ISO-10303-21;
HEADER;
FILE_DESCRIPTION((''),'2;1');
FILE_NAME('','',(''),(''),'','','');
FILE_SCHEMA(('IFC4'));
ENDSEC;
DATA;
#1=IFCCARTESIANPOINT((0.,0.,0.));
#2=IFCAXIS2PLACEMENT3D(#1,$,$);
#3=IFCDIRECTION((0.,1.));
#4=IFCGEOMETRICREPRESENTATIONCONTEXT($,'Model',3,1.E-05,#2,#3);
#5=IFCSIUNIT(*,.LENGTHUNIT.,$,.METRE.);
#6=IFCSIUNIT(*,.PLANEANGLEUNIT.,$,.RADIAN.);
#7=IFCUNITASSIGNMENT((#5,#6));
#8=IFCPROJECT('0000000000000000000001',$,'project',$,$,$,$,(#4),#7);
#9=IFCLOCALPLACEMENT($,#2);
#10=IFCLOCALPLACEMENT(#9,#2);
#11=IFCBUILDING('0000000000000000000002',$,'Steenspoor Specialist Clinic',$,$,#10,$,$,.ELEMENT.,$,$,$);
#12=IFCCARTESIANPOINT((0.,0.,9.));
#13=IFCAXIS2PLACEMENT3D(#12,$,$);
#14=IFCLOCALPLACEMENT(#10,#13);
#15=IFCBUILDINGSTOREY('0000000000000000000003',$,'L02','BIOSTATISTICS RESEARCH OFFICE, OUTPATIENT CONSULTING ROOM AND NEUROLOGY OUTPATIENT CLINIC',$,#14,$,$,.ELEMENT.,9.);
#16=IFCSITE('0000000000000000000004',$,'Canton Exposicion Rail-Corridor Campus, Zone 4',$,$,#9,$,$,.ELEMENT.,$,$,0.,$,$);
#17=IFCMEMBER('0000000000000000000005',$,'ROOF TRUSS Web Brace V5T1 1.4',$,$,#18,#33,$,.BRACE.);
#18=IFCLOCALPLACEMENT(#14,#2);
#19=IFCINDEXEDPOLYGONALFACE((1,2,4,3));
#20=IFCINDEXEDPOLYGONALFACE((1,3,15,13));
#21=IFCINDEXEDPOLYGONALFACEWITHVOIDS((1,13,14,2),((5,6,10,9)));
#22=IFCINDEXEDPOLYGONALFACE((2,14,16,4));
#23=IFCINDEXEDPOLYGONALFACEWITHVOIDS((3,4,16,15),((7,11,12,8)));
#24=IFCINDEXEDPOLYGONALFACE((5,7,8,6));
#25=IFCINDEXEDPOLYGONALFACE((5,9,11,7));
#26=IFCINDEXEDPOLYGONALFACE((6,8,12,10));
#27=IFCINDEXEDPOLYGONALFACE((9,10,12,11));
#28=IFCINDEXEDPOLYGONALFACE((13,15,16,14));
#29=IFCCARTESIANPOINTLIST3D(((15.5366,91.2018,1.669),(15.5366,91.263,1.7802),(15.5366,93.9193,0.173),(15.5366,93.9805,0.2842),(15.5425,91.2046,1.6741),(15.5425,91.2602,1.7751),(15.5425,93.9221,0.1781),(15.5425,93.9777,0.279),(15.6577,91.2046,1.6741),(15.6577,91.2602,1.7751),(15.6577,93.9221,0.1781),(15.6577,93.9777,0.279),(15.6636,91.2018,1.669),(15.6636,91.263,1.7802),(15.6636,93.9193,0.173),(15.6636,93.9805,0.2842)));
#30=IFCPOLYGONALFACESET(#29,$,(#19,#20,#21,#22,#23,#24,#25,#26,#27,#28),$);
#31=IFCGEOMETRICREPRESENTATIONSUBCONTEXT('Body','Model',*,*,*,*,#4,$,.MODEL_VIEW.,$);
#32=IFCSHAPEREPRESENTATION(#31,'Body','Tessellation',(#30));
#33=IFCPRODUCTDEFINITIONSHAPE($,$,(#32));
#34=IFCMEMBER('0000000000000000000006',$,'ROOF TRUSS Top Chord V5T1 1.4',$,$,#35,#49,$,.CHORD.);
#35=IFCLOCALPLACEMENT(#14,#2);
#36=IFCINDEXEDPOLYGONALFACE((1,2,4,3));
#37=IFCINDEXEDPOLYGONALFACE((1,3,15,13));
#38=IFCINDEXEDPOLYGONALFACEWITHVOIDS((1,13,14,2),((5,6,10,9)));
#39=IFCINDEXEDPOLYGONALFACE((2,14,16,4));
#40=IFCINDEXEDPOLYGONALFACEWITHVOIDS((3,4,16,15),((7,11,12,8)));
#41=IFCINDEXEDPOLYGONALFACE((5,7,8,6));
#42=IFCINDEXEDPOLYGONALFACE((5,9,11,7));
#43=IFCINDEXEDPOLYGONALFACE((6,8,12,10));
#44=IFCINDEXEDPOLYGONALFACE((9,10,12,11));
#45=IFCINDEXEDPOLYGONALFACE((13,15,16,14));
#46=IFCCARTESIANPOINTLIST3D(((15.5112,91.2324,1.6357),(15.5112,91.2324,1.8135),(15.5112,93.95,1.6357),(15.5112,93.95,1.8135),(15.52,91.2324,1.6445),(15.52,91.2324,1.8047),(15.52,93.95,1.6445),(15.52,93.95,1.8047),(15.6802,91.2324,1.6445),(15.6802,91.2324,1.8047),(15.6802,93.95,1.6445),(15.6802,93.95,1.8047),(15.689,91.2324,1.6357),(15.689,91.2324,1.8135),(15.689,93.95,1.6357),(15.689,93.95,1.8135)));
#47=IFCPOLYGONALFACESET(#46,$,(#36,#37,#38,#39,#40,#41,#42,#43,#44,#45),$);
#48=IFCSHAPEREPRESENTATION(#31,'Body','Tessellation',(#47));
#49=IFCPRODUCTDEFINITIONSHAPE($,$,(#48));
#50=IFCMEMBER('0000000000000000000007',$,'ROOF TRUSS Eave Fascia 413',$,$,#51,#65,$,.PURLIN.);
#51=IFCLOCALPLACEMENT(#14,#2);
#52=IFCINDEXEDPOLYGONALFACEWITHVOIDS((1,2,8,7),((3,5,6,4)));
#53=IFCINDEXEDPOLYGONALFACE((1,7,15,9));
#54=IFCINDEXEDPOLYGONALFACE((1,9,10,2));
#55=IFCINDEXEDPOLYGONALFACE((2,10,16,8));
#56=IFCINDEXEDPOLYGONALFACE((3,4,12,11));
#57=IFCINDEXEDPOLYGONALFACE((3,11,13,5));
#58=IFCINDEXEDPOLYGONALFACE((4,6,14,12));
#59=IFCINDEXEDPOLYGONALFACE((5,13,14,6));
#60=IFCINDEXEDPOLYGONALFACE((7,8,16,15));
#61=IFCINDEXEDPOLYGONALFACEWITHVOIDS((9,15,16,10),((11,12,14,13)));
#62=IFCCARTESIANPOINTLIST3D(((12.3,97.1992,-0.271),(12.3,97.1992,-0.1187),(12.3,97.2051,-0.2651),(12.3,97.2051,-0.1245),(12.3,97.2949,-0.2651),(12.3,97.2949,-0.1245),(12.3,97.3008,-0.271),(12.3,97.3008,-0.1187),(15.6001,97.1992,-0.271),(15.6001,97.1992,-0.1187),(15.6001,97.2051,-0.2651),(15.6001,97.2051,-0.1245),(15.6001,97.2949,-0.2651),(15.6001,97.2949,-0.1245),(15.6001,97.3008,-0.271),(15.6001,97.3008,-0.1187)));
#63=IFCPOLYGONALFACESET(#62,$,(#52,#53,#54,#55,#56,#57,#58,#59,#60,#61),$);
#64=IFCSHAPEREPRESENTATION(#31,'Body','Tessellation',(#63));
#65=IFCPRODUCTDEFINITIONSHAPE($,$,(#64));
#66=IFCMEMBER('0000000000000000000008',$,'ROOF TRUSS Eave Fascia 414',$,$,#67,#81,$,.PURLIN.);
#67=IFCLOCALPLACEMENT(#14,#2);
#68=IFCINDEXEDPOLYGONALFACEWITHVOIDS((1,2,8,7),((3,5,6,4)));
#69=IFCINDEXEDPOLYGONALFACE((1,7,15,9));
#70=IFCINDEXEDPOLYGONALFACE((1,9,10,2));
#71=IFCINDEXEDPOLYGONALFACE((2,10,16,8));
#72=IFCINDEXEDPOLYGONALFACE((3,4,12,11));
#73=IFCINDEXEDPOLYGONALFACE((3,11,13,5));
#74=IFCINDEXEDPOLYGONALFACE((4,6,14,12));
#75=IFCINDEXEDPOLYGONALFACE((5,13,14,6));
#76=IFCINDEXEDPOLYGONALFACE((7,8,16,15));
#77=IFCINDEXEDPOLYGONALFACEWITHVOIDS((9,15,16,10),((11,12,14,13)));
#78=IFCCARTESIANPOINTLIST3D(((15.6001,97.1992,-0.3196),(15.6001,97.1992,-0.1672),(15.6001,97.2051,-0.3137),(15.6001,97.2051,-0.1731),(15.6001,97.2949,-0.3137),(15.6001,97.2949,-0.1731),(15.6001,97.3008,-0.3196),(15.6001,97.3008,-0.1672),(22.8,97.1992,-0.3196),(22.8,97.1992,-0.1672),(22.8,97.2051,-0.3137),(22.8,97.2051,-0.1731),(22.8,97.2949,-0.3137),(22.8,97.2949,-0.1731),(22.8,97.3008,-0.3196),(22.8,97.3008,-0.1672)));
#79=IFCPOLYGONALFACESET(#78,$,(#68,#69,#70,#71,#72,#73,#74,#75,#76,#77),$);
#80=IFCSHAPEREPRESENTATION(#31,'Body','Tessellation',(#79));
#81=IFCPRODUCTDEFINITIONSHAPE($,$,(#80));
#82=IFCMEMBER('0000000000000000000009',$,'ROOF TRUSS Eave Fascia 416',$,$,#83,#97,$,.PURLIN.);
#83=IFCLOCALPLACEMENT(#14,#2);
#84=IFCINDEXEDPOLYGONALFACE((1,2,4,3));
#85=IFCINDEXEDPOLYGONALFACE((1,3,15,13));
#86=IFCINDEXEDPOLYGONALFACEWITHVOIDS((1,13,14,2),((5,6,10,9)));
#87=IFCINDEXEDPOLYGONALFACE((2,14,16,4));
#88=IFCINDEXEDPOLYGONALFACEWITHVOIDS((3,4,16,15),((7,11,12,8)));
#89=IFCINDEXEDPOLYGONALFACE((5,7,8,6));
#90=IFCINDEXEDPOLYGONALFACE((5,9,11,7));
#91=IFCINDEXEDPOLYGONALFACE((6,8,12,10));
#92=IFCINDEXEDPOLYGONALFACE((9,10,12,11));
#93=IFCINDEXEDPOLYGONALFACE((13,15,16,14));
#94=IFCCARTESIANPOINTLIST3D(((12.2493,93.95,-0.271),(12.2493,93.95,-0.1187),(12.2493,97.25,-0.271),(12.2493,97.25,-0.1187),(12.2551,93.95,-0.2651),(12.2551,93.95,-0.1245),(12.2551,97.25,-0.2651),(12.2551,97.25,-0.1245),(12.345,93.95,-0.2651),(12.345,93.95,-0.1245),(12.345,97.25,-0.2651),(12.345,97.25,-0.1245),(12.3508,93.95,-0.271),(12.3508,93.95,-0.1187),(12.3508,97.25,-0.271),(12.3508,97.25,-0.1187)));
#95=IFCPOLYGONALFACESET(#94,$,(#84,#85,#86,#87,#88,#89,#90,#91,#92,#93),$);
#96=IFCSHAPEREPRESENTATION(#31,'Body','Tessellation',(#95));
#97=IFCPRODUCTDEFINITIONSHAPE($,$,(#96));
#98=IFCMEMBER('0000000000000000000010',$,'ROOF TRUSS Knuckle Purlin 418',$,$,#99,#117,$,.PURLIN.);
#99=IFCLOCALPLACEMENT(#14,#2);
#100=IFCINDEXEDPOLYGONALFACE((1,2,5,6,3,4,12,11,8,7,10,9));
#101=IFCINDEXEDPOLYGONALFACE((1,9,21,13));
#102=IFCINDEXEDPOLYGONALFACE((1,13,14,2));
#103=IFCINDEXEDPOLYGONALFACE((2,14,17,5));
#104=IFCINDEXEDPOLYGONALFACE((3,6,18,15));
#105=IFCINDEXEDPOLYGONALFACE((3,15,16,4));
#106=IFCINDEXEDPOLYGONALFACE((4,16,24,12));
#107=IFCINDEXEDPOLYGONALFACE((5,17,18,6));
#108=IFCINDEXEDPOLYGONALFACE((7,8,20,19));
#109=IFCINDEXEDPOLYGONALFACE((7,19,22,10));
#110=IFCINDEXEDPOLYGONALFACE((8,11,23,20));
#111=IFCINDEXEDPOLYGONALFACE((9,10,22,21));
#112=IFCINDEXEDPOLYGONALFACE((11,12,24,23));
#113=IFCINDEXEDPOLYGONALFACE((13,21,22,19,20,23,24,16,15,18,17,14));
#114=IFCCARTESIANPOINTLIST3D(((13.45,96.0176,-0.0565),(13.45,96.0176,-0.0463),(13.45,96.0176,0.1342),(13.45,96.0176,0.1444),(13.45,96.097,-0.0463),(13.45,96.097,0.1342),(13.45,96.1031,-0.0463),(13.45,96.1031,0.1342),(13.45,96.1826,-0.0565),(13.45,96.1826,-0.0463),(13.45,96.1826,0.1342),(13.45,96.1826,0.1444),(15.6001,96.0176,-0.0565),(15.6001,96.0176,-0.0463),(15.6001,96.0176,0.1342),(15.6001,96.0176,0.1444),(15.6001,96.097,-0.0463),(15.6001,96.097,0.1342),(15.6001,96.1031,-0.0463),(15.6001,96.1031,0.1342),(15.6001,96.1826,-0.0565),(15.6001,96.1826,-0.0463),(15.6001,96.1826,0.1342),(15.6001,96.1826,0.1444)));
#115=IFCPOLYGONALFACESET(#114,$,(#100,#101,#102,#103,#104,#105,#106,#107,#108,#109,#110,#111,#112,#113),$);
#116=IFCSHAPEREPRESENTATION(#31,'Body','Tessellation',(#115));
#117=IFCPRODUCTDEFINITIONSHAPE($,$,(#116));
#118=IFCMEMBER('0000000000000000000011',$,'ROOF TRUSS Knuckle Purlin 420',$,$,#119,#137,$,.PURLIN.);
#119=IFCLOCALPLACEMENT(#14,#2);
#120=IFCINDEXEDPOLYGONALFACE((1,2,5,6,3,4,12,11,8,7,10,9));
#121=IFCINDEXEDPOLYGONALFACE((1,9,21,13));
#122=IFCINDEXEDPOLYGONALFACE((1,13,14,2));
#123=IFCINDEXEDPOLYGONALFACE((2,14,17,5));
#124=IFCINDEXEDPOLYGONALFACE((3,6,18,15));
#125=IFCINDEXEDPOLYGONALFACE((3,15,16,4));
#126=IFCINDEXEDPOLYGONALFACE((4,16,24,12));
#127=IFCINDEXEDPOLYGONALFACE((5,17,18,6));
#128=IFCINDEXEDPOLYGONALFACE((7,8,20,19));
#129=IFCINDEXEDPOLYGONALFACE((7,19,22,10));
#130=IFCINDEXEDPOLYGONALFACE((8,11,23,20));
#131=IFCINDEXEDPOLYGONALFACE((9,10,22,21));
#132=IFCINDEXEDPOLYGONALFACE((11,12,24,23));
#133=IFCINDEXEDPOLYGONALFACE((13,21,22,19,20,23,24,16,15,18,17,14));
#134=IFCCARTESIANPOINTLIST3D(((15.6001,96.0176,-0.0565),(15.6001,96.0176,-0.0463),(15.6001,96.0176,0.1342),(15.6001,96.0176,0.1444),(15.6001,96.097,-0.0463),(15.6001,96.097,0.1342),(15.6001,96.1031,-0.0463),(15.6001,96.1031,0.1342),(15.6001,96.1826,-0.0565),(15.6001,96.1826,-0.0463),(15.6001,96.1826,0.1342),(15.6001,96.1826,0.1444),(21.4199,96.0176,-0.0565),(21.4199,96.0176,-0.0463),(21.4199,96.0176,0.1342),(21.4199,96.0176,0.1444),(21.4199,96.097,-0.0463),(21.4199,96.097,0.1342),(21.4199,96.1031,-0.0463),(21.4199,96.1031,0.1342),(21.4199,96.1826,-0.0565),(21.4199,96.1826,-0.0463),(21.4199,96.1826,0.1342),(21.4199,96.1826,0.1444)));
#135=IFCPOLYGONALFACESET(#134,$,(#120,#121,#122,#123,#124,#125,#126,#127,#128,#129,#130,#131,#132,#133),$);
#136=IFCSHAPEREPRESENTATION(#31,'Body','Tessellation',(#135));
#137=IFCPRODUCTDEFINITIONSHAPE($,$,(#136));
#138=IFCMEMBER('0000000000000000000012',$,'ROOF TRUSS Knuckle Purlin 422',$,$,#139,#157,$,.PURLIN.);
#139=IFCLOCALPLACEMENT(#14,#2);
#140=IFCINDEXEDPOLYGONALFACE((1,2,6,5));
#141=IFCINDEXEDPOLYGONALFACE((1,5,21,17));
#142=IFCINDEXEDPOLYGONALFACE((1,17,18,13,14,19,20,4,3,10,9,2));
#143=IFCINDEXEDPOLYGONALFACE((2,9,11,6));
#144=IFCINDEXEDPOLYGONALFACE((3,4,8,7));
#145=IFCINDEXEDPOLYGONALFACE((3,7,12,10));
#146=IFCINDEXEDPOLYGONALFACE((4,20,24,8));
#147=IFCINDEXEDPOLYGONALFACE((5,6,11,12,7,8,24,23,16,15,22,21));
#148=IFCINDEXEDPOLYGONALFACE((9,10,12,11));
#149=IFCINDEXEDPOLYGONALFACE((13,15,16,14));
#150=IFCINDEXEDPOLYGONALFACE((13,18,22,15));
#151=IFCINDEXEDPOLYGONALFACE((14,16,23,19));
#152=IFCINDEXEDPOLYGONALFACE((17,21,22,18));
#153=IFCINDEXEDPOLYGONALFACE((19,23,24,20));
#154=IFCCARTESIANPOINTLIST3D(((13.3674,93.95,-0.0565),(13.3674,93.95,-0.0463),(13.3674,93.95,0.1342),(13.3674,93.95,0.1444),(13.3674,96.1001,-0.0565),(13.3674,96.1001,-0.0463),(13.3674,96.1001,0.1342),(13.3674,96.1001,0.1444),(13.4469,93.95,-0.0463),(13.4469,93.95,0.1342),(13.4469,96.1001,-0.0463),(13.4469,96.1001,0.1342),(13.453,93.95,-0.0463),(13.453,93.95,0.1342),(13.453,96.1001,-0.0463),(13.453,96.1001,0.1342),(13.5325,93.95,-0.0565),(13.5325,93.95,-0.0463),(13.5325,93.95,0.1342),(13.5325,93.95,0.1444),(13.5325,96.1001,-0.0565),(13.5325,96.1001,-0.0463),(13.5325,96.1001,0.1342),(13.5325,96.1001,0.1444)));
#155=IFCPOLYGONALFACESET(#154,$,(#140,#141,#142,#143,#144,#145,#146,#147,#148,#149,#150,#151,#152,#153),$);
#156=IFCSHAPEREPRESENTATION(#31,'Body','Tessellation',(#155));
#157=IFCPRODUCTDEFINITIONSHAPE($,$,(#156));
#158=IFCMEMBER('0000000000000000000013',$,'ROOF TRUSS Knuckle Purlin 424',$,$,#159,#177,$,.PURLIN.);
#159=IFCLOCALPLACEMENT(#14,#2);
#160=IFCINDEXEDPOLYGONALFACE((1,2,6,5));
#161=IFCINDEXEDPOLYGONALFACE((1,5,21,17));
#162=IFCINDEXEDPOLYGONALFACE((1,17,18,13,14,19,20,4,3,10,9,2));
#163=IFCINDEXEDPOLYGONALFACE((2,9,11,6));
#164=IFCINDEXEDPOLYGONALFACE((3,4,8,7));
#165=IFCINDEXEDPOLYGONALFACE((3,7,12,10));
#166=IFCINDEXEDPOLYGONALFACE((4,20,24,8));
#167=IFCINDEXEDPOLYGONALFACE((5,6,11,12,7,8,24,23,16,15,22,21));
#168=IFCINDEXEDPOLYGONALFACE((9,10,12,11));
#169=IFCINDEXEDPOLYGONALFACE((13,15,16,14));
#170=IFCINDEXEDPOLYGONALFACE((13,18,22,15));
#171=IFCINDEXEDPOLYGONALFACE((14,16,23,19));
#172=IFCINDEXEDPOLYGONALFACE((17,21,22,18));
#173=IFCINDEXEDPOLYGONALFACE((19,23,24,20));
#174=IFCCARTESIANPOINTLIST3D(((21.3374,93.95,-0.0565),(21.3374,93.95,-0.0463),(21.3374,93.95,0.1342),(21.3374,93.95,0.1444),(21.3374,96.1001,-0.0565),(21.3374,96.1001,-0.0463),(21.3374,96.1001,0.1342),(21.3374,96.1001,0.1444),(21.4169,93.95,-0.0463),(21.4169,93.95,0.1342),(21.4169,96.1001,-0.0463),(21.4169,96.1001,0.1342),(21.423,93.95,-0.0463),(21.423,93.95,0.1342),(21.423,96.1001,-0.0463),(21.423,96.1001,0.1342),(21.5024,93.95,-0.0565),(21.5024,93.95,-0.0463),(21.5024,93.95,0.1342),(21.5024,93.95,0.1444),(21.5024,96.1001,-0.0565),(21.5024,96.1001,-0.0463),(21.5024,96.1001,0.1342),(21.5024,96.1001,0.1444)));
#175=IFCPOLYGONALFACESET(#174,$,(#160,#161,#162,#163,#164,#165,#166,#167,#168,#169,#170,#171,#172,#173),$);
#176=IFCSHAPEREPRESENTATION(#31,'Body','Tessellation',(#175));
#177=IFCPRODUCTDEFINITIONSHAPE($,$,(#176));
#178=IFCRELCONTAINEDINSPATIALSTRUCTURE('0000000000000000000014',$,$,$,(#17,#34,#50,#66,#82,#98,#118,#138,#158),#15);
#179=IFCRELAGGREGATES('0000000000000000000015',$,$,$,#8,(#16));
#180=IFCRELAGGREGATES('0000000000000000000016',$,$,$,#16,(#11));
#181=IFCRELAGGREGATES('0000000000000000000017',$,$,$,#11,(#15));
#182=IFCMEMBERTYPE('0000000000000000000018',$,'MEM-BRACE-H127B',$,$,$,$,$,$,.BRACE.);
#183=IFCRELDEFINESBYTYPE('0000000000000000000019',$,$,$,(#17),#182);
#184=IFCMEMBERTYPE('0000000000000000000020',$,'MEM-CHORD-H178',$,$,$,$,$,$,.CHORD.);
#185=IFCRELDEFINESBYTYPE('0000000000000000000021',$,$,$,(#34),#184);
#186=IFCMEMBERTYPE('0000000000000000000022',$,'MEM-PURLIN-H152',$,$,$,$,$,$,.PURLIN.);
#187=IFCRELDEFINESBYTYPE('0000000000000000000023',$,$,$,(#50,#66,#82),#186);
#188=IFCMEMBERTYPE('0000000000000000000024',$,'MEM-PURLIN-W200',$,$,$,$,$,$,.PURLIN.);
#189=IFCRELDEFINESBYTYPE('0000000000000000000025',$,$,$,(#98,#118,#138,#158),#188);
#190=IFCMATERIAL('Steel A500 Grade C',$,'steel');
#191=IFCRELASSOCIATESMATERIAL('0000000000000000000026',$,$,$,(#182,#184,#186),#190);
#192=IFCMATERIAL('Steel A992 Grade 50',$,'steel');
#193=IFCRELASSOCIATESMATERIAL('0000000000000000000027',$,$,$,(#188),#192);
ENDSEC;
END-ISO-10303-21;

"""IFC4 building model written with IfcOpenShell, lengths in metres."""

from ifc_helpers import new_model, si_unit, direction, frame, origin, origin_2d, place, context, subcontext, project, spatial, hollow_rectangle, i_section, extrude, material, material_profile, profile_set, type_object, element, save


model = new_model("IFC4")

# Units and contexts
model_context = context("Model", 3, precision=1e-05, world=origin(), true_north=direction((0.0, 1.0)))
body_context = subcontext(model_context, "Body", "Model", "MODEL_VIEW")
ifc_project = project(units=[si_unit("LENGTHUNIT", "METRE"), si_unit("PLANEANGLEUNIT", "RADIAN")], contexts=[model_context])

# Site, building, storey
site_placement = place(None, origin())
site = spatial("IfcSite", under=ifc_project, at=site_placement, Name="Canton Exposicion Rail-Corridor Campus, Zone 4", CompositionType="ELEMENT", RefElevation=0.0)
building_placement = place(site_placement, origin())
building = spatial("IfcBuilding", under=site, at=building_placement, Name="Steenspoor Specialist Clinic", CompositionType="ELEMENT")
storey_placement = place(building_placement, frame((0.0, 0.0, 9.0)))
storey = spatial("IfcBuildingStorey", under=building, at=storey_placement, Name="L02", Description="BIOSTATISTICS RESEARCH OFFICE, OUTPATIENT CONSULTING ROOM AND NEUROLOGY OUTPATIENT CLINIC", CompositionType="ELEMENT", Elevation=9.0)

# Members
ifc_material_1 = material(Name="Steel A500 Grade C", Category="steel")
ifc_material_profile_1 = material_profile(ifc_material_1, hollow_rectangle(XDim=0.127, YDim=0.127, WallThickness=0.0059, at=origin_2d()), Name="HSS127X127X6.4")
ifc_profile_set_1 = profile_set([ifc_material_profile_1], Name="Steel A500 Grade C")
member_type_1 = type_object("IfcMemberType", Name="MEM-BRACE-H127B", PredefinedType="BRACE", material=ifc_profile_set_1)
member_1_placement = place(storey_placement, frame((15.6001, 91.2324, 1.7246), z_axis=(0.0, 0.876018, -0.482278), x_axis=(-1.0, 0.0, 0.0)))
element("IfcMember", 1, at=member_1_placement, inside=storey, type_object=member_type_1, Name="ROOF TRUSS Web Brace V5T1 1.4", PredefinedType="BRACE", context=body_context, shape_type="SweptSolid", body=[
    extrude(hollow_rectangle(XDim=0.127, YDim=0.127, WallThickness=0.0059, at=origin_2d()), origin(), (0.0, 0.0, 1.0), 3.1021),
])
ifc_material_profile_2 = material_profile(ifc_material_1, hollow_rectangle(XDim=0.1777, YDim=0.1777, WallThickness=0.0088, at=origin_2d()), Name="HSS178X178X9.5")
ifc_profile_set_2 = profile_set([ifc_material_profile_2], Name="Steel A500 Grade C")
member_type_2 = type_object("IfcMemberType", Name="MEM-CHORD-H178", PredefinedType="CHORD", material=ifc_profile_set_2)
member_2_placement = place(storey_placement, frame((15.6001, 91.2324, 1.7246), z_axis=(0.0, 1.0, 0.0), x_axis=(-1.0, 0.0, 0.0)))
element("IfcMember", 2, at=member_2_placement, inside=storey, type_object=member_type_2, Name="ROOF TRUSS Top Chord V5T1 1.4", PredefinedType="CHORD", context=body_context, shape_type="SweptSolid", body=[
    extrude(hollow_rectangle(XDim=0.1777, YDim=0.1777, WallThickness=0.0088, at=origin_2d()), origin(), (0.0, 0.0, 1.0), 2.7175),
])
ifc_material_profile_3 = material_profile(ifc_material_1, hollow_rectangle(XDim=0.1016, YDim=0.1523, WallThickness=0.0059, at=origin_2d()), Name="HSS152X102X6.4")
ifc_profile_set_3 = profile_set([ifc_material_profile_3], Name="Steel A500 Grade C")
member_type_3 = type_object("IfcMemberType", Name="MEM-PURLIN-H152", PredefinedType="PURLIN", material=ifc_profile_set_3)
member_3_placement = place(storey_placement, frame((12.3, 97.25, -0.1948), z_axis=(1.0, 0.0, 0.0), x_axis=(0.0, 1.0, 0.0)))
element("IfcMember", 3, at=member_3_placement, inside=storey, type_object=member_type_3, Name="ROOF TRUSS Eave Fascia 413", PredefinedType="PURLIN", context=body_context, shape_type="SweptSolid", body=[
    extrude(hollow_rectangle(XDim=0.1016, YDim=0.1523, WallThickness=0.0059, at=origin_2d()), origin(), (0.0, 0.0, 1.0), 3.3),
])
member_4_placement = place(storey_placement, frame((15.6001, 97.25, -0.2434), z_axis=(1.0, 0.0, 0.0), x_axis=(0.0, 1.0, 0.0)))
element("IfcMember", 4, at=member_4_placement, inside=storey, type_object=member_type_3, Name="ROOF TRUSS Eave Fascia 414", PredefinedType="PURLIN", context=body_context, shape_type="SweptSolid", body=[
    extrude(hollow_rectangle(XDim=0.1016, YDim=0.1523, WallThickness=0.0059, at=origin_2d()), origin(), (0.0, 0.0, 1.0), 7.2),
])
member_5_placement = place(storey_placement, frame((12.3, 93.95, -0.1948), z_axis=(0.0, 1.0, 0.0), x_axis=(-1.0, 0.0, 0.0)))
element("IfcMember", 5, at=member_5_placement, inside=storey, type_object=member_type_3, Name="ROOF TRUSS Eave Fascia 416", PredefinedType="PURLIN", context=body_context, shape_type="SweptSolid", body=[
    extrude(hollow_rectangle(XDim=0.1016, YDim=0.1523, WallThickness=0.0059, at=origin_2d()), origin(), (0.0, 0.0, 1.0), 3.3),
])
ifc_material_2 = material(Name="Steel A992 Grade 50", Category="steel")
ifc_material_profile_4 = material_profile(ifc_material_2, i_section(OverallWidth=0.165, OverallDepth=0.2009, WebThickness=0.0061, FlangeThickness=0.0103, at=origin_2d()), Name="W200X36")
ifc_profile_set_4 = profile_set([ifc_material_profile_4], Name="Steel A992 Grade 50")
member_type_4 = type_object("IfcMemberType", Name="MEM-PURLIN-W200", PredefinedType="PURLIN", material=ifc_profile_set_4)
member_6_placement = place(storey_placement, frame((13.45, 96.1001, 0.0439), z_axis=(1.0, 0.0, 0.0), x_axis=(0.0, 1.0, 0.0)))
element("IfcMember", 6, at=member_6_placement, inside=storey, type_object=member_type_4, Name="ROOF TRUSS Knuckle Purlin 418", PredefinedType="PURLIN", context=body_context, shape_type="SweptSolid", body=[
    extrude(i_section(OverallWidth=0.165, OverallDepth=0.2009, WebThickness=0.0061, FlangeThickness=0.0103, at=origin_2d()), origin(), (0.0, 0.0, 1.0), 2.1501),
])
member_7_placement = place(storey_placement, frame((15.6001, 96.1001, 0.0439), z_axis=(1.0, 0.0, 0.0), x_axis=(0.0, 1.0, 0.0)))
element("IfcMember", 7, at=member_7_placement, inside=storey, type_object=member_type_4, Name="ROOF TRUSS Knuckle Purlin 420", PredefinedType="PURLIN", context=body_context, shape_type="SweptSolid", body=[
    extrude(i_section(OverallWidth=0.165, OverallDepth=0.2009, WebThickness=0.0061, FlangeThickness=0.0103, at=origin_2d()), origin(), (0.0, 0.0, 1.0), 5.8198),
])
for number, where, z_axis, x_axis, name in (
    (8, (13.45, 93.95, 0.0439), (0.0, 1.0, 0.0), (-1.0, 0.0, 0.0), "ROOF TRUSS Knuckle Purlin 422"),
    (9, (21.4199, 93.95, 0.0439), (0.0, 1.0, 0.0), (-1.0, 0.0, 0.0), "ROOF TRUSS Knuckle Purlin 424"),
):
    element("IfcMember", number, at=place(storey_placement, frame(where, z_axis=z_axis, x_axis=x_axis)), inside=storey, type_object=member_type_4, Name=name, PredefinedType="PURLIN", context=body_context, shape_type="SweptSolid", body=[
        extrude(i_section(OverallWidth=0.165, OverallDepth=0.2009, WebThickness=0.0061, FlangeThickness=0.0103, at=origin_2d()), origin(), (0.0, 0.0, 1.0), 2.1501),
    ])

save(model, "model.ifc")
